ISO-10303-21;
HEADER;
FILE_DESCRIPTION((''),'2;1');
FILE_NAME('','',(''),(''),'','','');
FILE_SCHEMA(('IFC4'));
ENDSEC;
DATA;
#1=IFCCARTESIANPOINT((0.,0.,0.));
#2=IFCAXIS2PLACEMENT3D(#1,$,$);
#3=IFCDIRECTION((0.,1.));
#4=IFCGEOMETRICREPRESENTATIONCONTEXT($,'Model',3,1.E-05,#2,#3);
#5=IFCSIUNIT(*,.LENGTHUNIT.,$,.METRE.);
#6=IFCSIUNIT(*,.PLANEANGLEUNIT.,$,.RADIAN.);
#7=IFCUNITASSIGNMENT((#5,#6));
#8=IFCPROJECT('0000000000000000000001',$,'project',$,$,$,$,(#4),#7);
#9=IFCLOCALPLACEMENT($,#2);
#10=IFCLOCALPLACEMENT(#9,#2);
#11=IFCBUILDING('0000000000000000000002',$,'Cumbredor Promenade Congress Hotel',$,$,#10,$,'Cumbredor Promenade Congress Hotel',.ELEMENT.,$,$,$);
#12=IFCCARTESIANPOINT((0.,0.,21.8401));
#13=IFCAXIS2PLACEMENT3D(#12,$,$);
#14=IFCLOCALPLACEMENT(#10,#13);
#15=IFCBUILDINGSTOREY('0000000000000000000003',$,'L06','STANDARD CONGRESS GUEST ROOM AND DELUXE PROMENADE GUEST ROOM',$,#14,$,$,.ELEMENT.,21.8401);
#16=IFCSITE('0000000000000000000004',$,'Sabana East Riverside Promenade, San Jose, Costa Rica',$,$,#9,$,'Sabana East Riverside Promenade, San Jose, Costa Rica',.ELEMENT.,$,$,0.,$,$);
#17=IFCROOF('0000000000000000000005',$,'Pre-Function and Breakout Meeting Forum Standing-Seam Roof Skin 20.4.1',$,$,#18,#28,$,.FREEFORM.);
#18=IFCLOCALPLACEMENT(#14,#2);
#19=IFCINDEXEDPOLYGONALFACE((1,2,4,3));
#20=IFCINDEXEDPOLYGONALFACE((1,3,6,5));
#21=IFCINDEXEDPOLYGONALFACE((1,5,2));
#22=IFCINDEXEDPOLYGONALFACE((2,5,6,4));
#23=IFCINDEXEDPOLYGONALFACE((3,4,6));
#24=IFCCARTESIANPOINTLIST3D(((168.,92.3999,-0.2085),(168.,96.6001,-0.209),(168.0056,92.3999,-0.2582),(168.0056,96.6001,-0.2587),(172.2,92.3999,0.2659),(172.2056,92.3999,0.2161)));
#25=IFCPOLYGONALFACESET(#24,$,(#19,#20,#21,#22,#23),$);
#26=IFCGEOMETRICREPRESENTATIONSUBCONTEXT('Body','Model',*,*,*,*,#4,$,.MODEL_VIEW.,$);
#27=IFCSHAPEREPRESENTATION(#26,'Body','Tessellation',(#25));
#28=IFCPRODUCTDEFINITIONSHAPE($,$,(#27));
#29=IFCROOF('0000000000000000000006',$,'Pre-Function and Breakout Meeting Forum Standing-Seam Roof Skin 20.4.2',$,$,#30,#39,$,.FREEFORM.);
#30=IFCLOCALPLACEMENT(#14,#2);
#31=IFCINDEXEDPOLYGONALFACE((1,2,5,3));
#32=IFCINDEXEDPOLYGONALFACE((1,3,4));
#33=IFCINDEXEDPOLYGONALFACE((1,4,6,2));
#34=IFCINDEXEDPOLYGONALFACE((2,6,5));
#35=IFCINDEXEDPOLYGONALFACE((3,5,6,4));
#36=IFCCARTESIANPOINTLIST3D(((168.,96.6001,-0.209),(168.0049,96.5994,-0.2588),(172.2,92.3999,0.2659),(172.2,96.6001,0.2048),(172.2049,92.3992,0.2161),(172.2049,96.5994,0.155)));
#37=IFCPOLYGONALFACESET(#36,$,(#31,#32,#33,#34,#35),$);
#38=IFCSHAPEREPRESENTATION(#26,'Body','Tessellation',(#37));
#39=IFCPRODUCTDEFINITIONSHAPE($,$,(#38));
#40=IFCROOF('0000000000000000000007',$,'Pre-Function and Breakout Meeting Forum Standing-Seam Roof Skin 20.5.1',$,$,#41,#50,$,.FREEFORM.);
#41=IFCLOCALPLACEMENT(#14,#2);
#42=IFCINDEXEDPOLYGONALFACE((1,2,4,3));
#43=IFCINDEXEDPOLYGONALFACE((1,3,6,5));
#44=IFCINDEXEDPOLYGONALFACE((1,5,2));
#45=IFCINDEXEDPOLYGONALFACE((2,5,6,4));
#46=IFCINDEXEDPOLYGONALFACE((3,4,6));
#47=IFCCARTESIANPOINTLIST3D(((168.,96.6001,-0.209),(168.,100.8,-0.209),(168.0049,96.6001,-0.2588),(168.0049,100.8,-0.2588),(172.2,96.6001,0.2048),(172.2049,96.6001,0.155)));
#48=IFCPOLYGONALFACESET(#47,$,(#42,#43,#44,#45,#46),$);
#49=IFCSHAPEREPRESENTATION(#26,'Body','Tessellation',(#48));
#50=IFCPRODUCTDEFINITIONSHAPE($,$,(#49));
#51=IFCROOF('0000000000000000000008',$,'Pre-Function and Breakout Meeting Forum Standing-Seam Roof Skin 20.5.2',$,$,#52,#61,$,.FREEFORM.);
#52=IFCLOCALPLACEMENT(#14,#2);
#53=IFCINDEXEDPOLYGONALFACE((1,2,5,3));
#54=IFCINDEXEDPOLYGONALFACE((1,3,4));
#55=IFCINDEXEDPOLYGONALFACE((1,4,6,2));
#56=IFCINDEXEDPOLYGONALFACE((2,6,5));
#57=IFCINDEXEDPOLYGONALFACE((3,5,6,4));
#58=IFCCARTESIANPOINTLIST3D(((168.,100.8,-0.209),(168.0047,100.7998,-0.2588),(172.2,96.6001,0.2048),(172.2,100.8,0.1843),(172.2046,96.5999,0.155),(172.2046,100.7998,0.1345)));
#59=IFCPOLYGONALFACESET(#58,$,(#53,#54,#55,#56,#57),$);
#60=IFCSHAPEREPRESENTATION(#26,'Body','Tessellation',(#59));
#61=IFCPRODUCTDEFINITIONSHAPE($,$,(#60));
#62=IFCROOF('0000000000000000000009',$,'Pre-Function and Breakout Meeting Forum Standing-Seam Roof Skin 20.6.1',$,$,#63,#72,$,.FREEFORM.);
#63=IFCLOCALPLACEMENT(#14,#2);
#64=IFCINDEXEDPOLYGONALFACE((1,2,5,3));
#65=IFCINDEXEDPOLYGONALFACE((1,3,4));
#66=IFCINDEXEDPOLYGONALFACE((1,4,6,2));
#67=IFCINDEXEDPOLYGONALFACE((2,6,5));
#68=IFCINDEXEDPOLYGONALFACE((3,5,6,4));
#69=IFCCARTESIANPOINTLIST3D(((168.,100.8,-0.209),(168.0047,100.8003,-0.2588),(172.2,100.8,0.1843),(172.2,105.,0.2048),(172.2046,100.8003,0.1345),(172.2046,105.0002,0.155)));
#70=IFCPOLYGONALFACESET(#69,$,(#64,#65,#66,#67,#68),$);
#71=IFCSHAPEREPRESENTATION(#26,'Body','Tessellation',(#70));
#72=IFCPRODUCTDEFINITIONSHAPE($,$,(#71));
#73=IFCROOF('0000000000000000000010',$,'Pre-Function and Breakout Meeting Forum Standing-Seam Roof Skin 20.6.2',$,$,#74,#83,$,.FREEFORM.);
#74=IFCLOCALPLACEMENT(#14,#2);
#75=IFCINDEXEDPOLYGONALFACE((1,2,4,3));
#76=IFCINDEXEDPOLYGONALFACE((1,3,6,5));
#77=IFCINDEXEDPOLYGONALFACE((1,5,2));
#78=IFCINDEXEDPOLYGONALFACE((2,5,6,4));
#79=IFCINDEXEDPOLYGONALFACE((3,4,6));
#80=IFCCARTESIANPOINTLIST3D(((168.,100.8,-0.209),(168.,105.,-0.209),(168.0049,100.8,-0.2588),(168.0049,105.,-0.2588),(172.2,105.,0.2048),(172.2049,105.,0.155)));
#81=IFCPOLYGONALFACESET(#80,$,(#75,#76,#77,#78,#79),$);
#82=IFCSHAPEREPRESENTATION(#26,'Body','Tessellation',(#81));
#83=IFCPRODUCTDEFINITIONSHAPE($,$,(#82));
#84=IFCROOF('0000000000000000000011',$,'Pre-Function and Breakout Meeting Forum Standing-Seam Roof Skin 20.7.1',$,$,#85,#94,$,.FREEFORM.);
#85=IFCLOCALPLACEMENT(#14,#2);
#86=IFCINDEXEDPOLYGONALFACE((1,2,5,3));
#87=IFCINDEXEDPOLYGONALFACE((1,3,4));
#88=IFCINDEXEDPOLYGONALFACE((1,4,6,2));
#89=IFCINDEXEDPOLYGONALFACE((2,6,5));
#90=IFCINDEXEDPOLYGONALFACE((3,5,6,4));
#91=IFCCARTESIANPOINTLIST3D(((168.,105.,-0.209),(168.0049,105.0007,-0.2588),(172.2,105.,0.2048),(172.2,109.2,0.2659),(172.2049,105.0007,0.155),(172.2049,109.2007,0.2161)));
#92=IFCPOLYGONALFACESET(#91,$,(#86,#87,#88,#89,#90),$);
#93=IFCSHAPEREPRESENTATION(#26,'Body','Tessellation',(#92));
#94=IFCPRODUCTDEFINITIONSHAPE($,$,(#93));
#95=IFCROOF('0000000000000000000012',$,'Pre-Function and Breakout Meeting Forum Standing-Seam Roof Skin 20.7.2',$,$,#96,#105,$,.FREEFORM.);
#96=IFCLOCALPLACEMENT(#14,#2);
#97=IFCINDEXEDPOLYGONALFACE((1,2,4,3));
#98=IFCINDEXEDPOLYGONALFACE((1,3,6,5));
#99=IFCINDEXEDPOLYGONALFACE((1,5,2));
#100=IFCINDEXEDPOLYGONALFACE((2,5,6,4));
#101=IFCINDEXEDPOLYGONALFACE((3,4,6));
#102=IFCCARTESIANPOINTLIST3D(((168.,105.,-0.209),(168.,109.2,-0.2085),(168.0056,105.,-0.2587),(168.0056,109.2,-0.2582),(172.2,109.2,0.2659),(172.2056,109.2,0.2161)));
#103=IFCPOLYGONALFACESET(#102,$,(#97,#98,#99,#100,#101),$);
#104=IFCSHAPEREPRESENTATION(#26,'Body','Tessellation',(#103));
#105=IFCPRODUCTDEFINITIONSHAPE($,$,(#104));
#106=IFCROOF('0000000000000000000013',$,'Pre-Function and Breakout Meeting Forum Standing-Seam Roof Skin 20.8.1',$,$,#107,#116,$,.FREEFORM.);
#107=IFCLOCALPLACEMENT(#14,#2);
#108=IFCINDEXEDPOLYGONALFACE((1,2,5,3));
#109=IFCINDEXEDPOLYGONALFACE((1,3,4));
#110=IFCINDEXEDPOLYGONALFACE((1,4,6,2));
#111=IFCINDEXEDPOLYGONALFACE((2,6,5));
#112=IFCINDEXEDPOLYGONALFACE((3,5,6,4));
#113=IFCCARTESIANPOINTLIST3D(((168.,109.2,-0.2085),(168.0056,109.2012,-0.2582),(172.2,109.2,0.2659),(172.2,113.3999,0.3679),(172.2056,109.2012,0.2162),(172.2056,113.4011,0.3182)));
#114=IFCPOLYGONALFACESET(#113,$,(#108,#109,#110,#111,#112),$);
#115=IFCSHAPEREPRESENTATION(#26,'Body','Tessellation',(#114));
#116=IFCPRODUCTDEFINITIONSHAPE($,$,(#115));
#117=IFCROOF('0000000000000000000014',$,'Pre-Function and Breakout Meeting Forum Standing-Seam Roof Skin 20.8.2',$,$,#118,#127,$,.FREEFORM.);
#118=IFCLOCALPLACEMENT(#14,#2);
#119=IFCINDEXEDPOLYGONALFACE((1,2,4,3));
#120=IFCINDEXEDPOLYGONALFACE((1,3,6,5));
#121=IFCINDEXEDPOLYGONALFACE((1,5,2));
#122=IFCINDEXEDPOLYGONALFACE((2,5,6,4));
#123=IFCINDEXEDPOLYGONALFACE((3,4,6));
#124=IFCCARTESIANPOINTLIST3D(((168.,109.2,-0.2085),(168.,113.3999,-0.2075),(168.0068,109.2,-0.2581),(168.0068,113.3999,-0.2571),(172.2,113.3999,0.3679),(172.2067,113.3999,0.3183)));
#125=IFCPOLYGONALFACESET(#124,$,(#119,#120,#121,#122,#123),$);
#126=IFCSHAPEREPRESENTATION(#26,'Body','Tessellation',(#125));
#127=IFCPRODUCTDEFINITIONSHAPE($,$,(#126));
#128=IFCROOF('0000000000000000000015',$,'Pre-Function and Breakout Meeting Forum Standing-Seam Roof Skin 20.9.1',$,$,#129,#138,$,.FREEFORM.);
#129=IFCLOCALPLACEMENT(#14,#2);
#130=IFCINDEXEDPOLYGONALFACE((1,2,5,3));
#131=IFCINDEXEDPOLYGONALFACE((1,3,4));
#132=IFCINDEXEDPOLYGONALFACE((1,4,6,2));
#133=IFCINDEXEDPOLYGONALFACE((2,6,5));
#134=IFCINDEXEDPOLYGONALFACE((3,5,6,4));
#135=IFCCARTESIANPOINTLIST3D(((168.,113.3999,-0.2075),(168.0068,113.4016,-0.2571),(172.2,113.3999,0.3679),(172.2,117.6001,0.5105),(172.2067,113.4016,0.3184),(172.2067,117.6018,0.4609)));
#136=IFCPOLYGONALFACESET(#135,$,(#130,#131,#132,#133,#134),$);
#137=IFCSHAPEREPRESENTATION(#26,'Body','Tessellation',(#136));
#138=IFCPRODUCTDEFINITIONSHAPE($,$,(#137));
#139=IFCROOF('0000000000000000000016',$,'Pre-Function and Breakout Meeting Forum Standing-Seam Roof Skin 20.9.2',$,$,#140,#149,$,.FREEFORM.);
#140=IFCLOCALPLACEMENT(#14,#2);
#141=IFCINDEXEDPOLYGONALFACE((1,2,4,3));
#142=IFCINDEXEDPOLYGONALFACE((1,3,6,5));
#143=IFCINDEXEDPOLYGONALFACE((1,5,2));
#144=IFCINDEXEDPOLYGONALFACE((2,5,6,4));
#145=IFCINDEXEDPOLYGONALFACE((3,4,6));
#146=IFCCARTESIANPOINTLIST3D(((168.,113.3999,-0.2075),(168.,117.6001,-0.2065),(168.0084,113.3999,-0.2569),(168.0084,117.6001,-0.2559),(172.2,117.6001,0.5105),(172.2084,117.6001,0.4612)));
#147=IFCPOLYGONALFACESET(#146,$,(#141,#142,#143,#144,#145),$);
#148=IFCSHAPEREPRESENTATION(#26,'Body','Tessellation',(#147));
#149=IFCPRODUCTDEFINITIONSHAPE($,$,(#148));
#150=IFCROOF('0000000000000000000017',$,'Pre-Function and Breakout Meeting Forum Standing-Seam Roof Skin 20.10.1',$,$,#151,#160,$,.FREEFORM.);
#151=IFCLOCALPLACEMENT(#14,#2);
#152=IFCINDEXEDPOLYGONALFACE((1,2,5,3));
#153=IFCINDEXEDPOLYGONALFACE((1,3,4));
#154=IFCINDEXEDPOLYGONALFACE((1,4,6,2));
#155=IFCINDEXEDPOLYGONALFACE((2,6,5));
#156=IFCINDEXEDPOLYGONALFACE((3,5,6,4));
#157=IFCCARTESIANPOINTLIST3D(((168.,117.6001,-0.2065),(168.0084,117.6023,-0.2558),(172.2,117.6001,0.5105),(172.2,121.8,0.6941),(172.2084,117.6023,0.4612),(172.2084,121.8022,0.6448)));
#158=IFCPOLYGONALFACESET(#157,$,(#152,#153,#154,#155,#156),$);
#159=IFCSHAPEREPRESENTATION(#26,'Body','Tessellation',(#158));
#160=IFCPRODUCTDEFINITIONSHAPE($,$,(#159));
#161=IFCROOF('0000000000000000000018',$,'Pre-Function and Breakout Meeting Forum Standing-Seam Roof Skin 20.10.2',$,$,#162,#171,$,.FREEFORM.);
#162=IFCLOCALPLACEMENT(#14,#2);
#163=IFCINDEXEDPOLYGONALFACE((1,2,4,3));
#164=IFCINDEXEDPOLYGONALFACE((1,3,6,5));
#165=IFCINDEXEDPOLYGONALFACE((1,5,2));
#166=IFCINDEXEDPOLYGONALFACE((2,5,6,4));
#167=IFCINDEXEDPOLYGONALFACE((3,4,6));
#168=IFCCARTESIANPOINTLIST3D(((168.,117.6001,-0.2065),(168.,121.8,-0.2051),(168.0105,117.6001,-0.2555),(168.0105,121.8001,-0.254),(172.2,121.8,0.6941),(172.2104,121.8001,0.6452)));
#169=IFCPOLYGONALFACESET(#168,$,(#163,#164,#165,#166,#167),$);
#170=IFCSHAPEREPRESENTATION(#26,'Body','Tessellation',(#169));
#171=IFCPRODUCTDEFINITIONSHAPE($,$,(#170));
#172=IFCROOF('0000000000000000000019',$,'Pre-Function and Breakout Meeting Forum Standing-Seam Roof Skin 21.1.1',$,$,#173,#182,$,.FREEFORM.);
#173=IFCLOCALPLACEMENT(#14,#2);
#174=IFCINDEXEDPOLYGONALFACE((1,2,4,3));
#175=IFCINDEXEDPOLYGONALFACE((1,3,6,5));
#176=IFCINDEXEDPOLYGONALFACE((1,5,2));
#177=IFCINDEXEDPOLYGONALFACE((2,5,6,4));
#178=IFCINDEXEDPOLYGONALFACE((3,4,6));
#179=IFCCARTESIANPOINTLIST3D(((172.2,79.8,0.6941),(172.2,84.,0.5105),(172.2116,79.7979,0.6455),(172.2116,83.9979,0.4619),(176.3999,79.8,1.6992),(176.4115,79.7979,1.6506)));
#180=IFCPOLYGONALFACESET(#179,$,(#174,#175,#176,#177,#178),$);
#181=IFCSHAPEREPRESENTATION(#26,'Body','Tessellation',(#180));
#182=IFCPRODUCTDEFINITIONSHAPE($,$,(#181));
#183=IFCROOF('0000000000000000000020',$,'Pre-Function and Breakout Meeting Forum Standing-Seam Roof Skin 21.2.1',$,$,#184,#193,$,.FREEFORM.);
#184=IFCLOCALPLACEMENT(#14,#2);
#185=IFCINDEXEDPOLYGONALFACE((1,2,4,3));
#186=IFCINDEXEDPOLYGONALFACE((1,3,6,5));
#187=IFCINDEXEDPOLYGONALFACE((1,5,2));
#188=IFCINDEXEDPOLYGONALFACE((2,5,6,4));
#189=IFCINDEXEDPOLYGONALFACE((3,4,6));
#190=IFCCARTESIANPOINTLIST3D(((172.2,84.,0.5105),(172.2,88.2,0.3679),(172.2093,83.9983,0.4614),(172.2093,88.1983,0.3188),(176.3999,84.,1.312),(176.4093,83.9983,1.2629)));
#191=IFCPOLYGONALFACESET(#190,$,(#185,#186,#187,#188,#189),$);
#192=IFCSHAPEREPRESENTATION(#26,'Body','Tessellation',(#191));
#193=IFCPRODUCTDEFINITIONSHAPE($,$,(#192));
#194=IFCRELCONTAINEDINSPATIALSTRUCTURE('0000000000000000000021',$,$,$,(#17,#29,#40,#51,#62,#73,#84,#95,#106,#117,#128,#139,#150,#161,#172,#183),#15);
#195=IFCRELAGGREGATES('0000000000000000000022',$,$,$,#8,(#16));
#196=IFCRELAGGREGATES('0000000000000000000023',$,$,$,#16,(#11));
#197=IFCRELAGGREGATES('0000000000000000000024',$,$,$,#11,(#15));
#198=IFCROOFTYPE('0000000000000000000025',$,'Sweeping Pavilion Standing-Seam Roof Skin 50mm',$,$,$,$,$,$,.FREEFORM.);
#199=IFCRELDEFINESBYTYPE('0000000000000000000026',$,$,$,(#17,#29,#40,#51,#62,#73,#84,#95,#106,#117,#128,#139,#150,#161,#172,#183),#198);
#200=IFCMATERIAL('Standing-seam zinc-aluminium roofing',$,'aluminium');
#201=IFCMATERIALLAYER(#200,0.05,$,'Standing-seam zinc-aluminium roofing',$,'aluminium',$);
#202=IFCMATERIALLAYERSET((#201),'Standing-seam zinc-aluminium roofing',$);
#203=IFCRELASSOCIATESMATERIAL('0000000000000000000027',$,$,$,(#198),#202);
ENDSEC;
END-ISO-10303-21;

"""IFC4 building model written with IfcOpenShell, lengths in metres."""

from ifc_helpers import new_model, si_unit, direction, frame, origin, place, context, subcontext, project, spatial, polyline, outline, extrude, material, layer, layer_set, type_object, element, save


model = new_model("IFC4")

# Units and contexts
model_context = context("Model", 3, precision=1e-05, world=origin(), true_north=direction((0.0, 1.0)))
body_context = subcontext(model_context, "Body", "Model", "MODEL_VIEW")
ifc_project = project(units=[si_unit("LENGTHUNIT", "METRE"), si_unit("PLANEANGLEUNIT", "RADIAN")], contexts=[model_context])

# Site, building, storey
site_placement = place(None, origin())
site = spatial("IfcSite", under=ifc_project, at=site_placement, Name="Sabana East Riverside Promenade, San Jose, Costa Rica", LongName="Sabana East Riverside Promenade, San Jose, Costa Rica", CompositionType="ELEMENT", RefElevation=0.0)
building_placement = place(site_placement, origin())
building = spatial("IfcBuilding", under=site, at=building_placement, Name="Cumbredor Promenade Congress Hotel", LongName="Cumbredor Promenade Congress Hotel", CompositionType="ELEMENT")
storey_placement = place(building_placement, frame((0.0, 0.0, 21.8401)))
storey = spatial("IfcBuildingStorey", under=building, at=storey_placement, Name="L06", Description="STANDARD CONGRESS GUEST ROOM AND DELUXE PROMENADE GUEST ROOM", CompositionType="ELEMENT", Elevation=21.8401)

# Roofs
ifc_material_1 = material(Name="Standing-seam zinc-aluminium roofing", Category="aluminium")
ifc_layer_1 = layer(ifc_material_1, 0.05, Name="Standing-seam zinc-aluminium roofing", Category="aluminium")
ifc_layer_set_1 = layer_set([ifc_layer_1], Name="Standing-seam zinc-aluminium roofing")
roof_type = type_object("IfcRoofType", Name="Sweeping Pavilion Standing-Seam Roof Skin 50mm", PredefinedType="FREEFORM", material=ifc_layer_set_1)
roof_1_placement = place(storey_placement, frame((168.0, 92.3999, -0.2085), z_axis=(-0.112232, 0.000116, 0.993682), x_axis=(0.993682, 0.0, 0.112232)))
element("IfcRoof", 1, at=roof_1_placement, inside=storey, type_object=roof_type, Name="Pre-Function and Breakout Meeting Forum Standing-Seam Roof Skin 20.4.1", PredefinedType="FREEFORM", context=body_context, shape_type="SweptSolid", body=[
    extrude(outline(polyline([(0.0, 0.0), (4.2267, 0.0), (-0.0001, 4.2002), (0.0, 0.0)])), origin(), (0.0, 0.0, -1.0), 0.05),
])
roof_2_placement = place(storey_placement, frame((172.2, 92.3999, 0.2659), z_axis=(-0.098044, 0.01446, 0.995077), x_axis=(0.0, 0.999894, -0.01453)))
element("IfcRoof", 2, at=roof_2_placement, inside=storey, type_object=roof_type, Name="Pre-Function and Breakout Meeting Forum Standing-Seam Roof Skin 20.4.2", PredefinedType="FREEFORM", context=body_context, shape_type="SweptSolid", body=[
    extrude(outline(polyline([(0.0, 0.0), (4.2006, 0.0), (4.2067, 4.2203), (0.0, 0.0)])), origin(), (0.0, 0.0, -1.0), 0.05),
])
roof_3_placement = place(storey_placement, frame((168.0, 96.6001, -0.209), z_axis=(-0.098055, 0.0, 0.995181), x_axis=(0.995181, 0.0, 0.098055)))
element("IfcRoof", 3, at=roof_3_placement, inside=storey, type_object=roof_type, Name="Pre-Function and Breakout Meeting Forum Standing-Seam Roof Skin 20.5.1", PredefinedType="FREEFORM", context=body_context, shape_type="SweptSolid", body=[
    extrude(outline(polyline([(0.0, 0.0), (4.2203, 0.0), (0.0, 4.2), (0.0, 0.0)])), origin(), (0.0, 0.0, -1.0), 0.05),
])
roof_4_placement = place(storey_placement, frame((172.2, 96.6001, 0.2048), z_axis=(-0.093237, 0.004862, 0.995632), x_axis=(0.0, 0.999988, -0.004883)))
element("IfcRoof", 4, at=roof_4_placement, inside=storey, type_object=roof_type, Name="Pre-Function and Breakout Meeting Forum Standing-Seam Roof Skin 20.5.2", PredefinedType="FREEFORM", context=body_context, shape_type="SweptSolid", body=[
    extrude(outline(polyline([(0.0, 0.0), (4.2, 0.0), (4.2019, 4.2183), (0.0, 0.0)])), origin(), (0.0, 0.0, -1.0), 0.05),
])
roof_5_placement = place(storey_placement, frame((168.0, 100.8, -0.209), z_axis=(-0.093237, -0.004862, 0.995632), x_axis=(0.995644, 0.0, 0.093239)))
element("IfcRoof", 5, at=roof_5_placement, inside=storey, type_object=roof_type, Name="Pre-Function and Breakout Meeting Forum Standing-Seam Roof Skin 20.6.1", PredefinedType="FREEFORM", context=body_context, shape_type="SweptSolid", body=[
    extrude(outline(polyline([(0.0, 0.0), (4.2183, 0.0), (4.2202, 4.2), (0.0, 0.0)])), origin(), (0.0, 0.0, -1.0), 0.05),
])
roof_6_placement = place(storey_placement, frame((168.0, 100.8, -0.209), z_axis=(-0.098055, 0.0, 0.995181), x_axis=(0.705397, 0.705397, 0.069502)))
element("IfcRoof", 6, at=roof_6_placement, inside=storey, type_object=roof_type, Name="Pre-Function and Breakout Meeting Forum Standing-Seam Roof Skin 20.6.2", PredefinedType="FREEFORM", context=body_context, shape_type="SweptSolid", body=[
    extrude(outline(polyline([(0.0, 0.0), (5.954, 0.0), (2.9626, 2.977), (0.0, 0.0)])), origin(), (0.0, 0.0, -1.0), 0.05),
])
roof_7_placement = place(storey_placement, frame((168.0, 105.0, -0.209), z_axis=(-0.098044, -0.014461, 0.995077), x_axis=(0.995181, 0.0, 0.098055)))
element("IfcRoof", 7, at=roof_7_placement, inside=storey, type_object=roof_type, Name="Pre-Function and Breakout Meeting Forum Standing-Seam Roof Skin 20.7.1", PredefinedType="FREEFORM", context=body_context, shape_type="SweptSolid", body=[
    extrude(outline(polyline([(0.0, 0.0), (4.2203, 0.0), (4.2263, 4.2004), (0.0, 0.0)])), origin(), (0.0, 0.0, -1.0), 0.05),
])
roof_8_placement = place(storey_placement, frame((168.0, 105.0, -0.209), z_axis=(-0.112232, -0.000116, 0.993682), x_axis=(0.704858, 0.704858, 0.079692)))
element("IfcRoof", 8, at=roof_8_placement, inside=storey, type_object=roof_type, Name="Pre-Function and Breakout Meeting Forum Standing-Seam Roof Skin 20.7.2", PredefinedType="FREEFORM", context=body_context, shape_type="SweptSolid", body=[
    extrude(outline(polyline([(0.0, 0.0), (5.9586, 0.0), (2.9604, 2.9792), (0.0, 0.0)])), origin(), (0.0, 0.0, -1.0), 0.05),
])
roof_9_placement = place(storey_placement, frame((168.0, 109.2, -0.2085), z_axis=(-0.112199, -0.024138, 0.993393), x_axis=(0.993682, 0.0, 0.112232)))
element("IfcRoof", 9, at=roof_9_placement, inside=storey, type_object=roof_type, Name="Pre-Function and Breakout Meeting Forum Standing-Seam Roof Skin 20.8.1", PredefinedType="FREEFORM", context=body_context, shape_type="SweptSolid", body=[
    extrude(outline(polyline([(0.0, 0.0), (4.2267, 0.0), (4.2381, 4.2012), (0.0, 0.0)])), origin(), (0.0, 0.0, -1.0), 0.05),
])
roof_10_placement = place(storey_placement, frame((168.0, 109.2, -0.2085), z_axis=(-0.135743, -0.00023, 0.990744), x_axis=(0.7038, 0.7038, 0.096592)))
element("IfcRoof", 10, at=roof_10_placement, inside=storey, type_object=roof_type, Name="Pre-Function and Breakout Meeting Forum Standing-Seam Roof Skin 20.8.2", PredefinedType="FREEFORM", context=body_context, shape_type="SweptSolid", body=[
    extrude(outline(polyline([(0.0, 0.0), (5.9675, 0.0), (2.956, 2.9835), (0.0, 0.0)])), origin(), (0.0, 0.0, -1.0), 0.05),
])
roof_11_placement = place(storey_placement, frame((168.0, 113.3999, -0.2075), z_axis=(-0.135666, -0.033612, 0.990184), x_axis=(0.990744, 0.0, 0.135743)))
element("IfcRoof", 11, at=roof_11_placement, inside=storey, type_object=roof_type, Name="Pre-Function and Breakout Meeting Forum Standing-Seam Roof Skin 20.9.1", PredefinedType="FREEFORM", context=body_context, shape_type="SweptSolid", body=[
    extrude(outline(polyline([(0.0, 0.0), (4.2392, 0.0), (4.2585, 4.2026), (0.0, 0.0)])), origin(), (0.0, 0.0, -1.0), 0.05),
])
roof_12_placement = place(storey_placement, frame((168.0, 113.3999, -0.2075), z_axis=(-0.168291, -0.000229, 0.985737), x_axis=(0.701976, 0.702017, 0.120009)))
element("IfcRoof", 12, at=roof_12_placement, inside=storey, type_object=roof_type, Name="Pre-Function and Breakout Meeting Forum Standing-Seam Roof Skin 20.9.2", PredefinedType="FREEFORM", context=body_context, shape_type="SweptSolid", body=[
    extrude(outline(polyline([(0.0, 0.0), (5.983, 0.0), (2.9487, 2.9911), (0.0, 0.0)])), origin(), (0.0, 0.0, -1.0), 0.05),
])
roof_13_placement = place(storey_placement, frame((168.0, 117.6001, -0.2065), z_axis=(-0.168135, -0.04305, 0.984823), x_axis=(0.985737, 0.0, 0.168291)))
element("IfcRoof", 13, at=roof_13_placement, inside=storey, type_object=roof_type, Name="Pre-Function and Breakout Meeting Forum Standing-Seam Roof Skin 20.10.1", PredefinedType="FREEFORM", context=body_context, shape_type="SweptSolid", body=[
    extrude(outline(polyline([(0.0, 0.0), (4.2607, 0.0), (4.2916, 4.2038), (0.0, 0.0)])), origin(), (0.0, 0.0, -1.0), 0.05),
])
roof_14_placement = place(storey_placement, frame((168.0, 117.6001, -0.2065), z_axis=(-0.209347, -0.000341, 0.977841), x_axis=(0.699115, 0.699115, 0.149918)))
element("IfcRoof", 14, at=roof_14_placement, inside=storey, type_object=roof_type, Name="Pre-Function and Breakout Meeting Forum Standing-Seam Roof Skin 20.10.2", PredefinedType="FREEFORM", context=body_context, shape_type="SweptSolid", body=[
    extrude(outline(polyline([(0.0, 0.0), (6.0075, 0.0), (2.9365, 3.0028), (0.0, 0.0)])), origin(), (0.0, 0.0, -1.0), 0.05),
])
roof_15_placement = place(storey_placement, frame((172.2, 79.8, 0.6941), z_axis=(-0.232536, 0.042474, 0.97166), x_axis=(0.972537, 0.0, 0.232746)))
element("IfcRoof", 15, at=roof_15_placement, inside=storey, type_object=roof_type, Name="Pre-Function and Breakout Meeting Forum Standing-Seam Roof Skin 21.1.1", PredefinedType="FREEFORM", context=body_context, shape_type="SweptSolid", body=[
    extrude(outline(polyline([(0.0, 0.0), (4.3185, 0.0), (-0.0427, 4.2037), (0.0, 0.0)])), origin(), (0.0, 0.0, -1.0), 0.05),
])
roof_16_placement = place(storey_placement, frame((172.2, 84.0, 0.5105), z_axis=(-0.187352, 0.033327, 0.981727), x_axis=(0.982273, 0.0, 0.187456)))
element("IfcRoof", 16, at=roof_16_placement, inside=storey, type_object=roof_type, Name="Pre-Function and Breakout Meeting Forum Standing-Seam Roof Skin 21.2.1", PredefinedType="FREEFORM", context=body_context, shape_type="SweptSolid", body=[
    extrude(outline(polyline([(0.0, 0.0), (4.2757, 0.0), (-0.0267, 4.2023), (0.0, 0.0)])), origin(), (0.0, 0.0, -1.0), 0.05),
])

save(model, "model.ifc")
